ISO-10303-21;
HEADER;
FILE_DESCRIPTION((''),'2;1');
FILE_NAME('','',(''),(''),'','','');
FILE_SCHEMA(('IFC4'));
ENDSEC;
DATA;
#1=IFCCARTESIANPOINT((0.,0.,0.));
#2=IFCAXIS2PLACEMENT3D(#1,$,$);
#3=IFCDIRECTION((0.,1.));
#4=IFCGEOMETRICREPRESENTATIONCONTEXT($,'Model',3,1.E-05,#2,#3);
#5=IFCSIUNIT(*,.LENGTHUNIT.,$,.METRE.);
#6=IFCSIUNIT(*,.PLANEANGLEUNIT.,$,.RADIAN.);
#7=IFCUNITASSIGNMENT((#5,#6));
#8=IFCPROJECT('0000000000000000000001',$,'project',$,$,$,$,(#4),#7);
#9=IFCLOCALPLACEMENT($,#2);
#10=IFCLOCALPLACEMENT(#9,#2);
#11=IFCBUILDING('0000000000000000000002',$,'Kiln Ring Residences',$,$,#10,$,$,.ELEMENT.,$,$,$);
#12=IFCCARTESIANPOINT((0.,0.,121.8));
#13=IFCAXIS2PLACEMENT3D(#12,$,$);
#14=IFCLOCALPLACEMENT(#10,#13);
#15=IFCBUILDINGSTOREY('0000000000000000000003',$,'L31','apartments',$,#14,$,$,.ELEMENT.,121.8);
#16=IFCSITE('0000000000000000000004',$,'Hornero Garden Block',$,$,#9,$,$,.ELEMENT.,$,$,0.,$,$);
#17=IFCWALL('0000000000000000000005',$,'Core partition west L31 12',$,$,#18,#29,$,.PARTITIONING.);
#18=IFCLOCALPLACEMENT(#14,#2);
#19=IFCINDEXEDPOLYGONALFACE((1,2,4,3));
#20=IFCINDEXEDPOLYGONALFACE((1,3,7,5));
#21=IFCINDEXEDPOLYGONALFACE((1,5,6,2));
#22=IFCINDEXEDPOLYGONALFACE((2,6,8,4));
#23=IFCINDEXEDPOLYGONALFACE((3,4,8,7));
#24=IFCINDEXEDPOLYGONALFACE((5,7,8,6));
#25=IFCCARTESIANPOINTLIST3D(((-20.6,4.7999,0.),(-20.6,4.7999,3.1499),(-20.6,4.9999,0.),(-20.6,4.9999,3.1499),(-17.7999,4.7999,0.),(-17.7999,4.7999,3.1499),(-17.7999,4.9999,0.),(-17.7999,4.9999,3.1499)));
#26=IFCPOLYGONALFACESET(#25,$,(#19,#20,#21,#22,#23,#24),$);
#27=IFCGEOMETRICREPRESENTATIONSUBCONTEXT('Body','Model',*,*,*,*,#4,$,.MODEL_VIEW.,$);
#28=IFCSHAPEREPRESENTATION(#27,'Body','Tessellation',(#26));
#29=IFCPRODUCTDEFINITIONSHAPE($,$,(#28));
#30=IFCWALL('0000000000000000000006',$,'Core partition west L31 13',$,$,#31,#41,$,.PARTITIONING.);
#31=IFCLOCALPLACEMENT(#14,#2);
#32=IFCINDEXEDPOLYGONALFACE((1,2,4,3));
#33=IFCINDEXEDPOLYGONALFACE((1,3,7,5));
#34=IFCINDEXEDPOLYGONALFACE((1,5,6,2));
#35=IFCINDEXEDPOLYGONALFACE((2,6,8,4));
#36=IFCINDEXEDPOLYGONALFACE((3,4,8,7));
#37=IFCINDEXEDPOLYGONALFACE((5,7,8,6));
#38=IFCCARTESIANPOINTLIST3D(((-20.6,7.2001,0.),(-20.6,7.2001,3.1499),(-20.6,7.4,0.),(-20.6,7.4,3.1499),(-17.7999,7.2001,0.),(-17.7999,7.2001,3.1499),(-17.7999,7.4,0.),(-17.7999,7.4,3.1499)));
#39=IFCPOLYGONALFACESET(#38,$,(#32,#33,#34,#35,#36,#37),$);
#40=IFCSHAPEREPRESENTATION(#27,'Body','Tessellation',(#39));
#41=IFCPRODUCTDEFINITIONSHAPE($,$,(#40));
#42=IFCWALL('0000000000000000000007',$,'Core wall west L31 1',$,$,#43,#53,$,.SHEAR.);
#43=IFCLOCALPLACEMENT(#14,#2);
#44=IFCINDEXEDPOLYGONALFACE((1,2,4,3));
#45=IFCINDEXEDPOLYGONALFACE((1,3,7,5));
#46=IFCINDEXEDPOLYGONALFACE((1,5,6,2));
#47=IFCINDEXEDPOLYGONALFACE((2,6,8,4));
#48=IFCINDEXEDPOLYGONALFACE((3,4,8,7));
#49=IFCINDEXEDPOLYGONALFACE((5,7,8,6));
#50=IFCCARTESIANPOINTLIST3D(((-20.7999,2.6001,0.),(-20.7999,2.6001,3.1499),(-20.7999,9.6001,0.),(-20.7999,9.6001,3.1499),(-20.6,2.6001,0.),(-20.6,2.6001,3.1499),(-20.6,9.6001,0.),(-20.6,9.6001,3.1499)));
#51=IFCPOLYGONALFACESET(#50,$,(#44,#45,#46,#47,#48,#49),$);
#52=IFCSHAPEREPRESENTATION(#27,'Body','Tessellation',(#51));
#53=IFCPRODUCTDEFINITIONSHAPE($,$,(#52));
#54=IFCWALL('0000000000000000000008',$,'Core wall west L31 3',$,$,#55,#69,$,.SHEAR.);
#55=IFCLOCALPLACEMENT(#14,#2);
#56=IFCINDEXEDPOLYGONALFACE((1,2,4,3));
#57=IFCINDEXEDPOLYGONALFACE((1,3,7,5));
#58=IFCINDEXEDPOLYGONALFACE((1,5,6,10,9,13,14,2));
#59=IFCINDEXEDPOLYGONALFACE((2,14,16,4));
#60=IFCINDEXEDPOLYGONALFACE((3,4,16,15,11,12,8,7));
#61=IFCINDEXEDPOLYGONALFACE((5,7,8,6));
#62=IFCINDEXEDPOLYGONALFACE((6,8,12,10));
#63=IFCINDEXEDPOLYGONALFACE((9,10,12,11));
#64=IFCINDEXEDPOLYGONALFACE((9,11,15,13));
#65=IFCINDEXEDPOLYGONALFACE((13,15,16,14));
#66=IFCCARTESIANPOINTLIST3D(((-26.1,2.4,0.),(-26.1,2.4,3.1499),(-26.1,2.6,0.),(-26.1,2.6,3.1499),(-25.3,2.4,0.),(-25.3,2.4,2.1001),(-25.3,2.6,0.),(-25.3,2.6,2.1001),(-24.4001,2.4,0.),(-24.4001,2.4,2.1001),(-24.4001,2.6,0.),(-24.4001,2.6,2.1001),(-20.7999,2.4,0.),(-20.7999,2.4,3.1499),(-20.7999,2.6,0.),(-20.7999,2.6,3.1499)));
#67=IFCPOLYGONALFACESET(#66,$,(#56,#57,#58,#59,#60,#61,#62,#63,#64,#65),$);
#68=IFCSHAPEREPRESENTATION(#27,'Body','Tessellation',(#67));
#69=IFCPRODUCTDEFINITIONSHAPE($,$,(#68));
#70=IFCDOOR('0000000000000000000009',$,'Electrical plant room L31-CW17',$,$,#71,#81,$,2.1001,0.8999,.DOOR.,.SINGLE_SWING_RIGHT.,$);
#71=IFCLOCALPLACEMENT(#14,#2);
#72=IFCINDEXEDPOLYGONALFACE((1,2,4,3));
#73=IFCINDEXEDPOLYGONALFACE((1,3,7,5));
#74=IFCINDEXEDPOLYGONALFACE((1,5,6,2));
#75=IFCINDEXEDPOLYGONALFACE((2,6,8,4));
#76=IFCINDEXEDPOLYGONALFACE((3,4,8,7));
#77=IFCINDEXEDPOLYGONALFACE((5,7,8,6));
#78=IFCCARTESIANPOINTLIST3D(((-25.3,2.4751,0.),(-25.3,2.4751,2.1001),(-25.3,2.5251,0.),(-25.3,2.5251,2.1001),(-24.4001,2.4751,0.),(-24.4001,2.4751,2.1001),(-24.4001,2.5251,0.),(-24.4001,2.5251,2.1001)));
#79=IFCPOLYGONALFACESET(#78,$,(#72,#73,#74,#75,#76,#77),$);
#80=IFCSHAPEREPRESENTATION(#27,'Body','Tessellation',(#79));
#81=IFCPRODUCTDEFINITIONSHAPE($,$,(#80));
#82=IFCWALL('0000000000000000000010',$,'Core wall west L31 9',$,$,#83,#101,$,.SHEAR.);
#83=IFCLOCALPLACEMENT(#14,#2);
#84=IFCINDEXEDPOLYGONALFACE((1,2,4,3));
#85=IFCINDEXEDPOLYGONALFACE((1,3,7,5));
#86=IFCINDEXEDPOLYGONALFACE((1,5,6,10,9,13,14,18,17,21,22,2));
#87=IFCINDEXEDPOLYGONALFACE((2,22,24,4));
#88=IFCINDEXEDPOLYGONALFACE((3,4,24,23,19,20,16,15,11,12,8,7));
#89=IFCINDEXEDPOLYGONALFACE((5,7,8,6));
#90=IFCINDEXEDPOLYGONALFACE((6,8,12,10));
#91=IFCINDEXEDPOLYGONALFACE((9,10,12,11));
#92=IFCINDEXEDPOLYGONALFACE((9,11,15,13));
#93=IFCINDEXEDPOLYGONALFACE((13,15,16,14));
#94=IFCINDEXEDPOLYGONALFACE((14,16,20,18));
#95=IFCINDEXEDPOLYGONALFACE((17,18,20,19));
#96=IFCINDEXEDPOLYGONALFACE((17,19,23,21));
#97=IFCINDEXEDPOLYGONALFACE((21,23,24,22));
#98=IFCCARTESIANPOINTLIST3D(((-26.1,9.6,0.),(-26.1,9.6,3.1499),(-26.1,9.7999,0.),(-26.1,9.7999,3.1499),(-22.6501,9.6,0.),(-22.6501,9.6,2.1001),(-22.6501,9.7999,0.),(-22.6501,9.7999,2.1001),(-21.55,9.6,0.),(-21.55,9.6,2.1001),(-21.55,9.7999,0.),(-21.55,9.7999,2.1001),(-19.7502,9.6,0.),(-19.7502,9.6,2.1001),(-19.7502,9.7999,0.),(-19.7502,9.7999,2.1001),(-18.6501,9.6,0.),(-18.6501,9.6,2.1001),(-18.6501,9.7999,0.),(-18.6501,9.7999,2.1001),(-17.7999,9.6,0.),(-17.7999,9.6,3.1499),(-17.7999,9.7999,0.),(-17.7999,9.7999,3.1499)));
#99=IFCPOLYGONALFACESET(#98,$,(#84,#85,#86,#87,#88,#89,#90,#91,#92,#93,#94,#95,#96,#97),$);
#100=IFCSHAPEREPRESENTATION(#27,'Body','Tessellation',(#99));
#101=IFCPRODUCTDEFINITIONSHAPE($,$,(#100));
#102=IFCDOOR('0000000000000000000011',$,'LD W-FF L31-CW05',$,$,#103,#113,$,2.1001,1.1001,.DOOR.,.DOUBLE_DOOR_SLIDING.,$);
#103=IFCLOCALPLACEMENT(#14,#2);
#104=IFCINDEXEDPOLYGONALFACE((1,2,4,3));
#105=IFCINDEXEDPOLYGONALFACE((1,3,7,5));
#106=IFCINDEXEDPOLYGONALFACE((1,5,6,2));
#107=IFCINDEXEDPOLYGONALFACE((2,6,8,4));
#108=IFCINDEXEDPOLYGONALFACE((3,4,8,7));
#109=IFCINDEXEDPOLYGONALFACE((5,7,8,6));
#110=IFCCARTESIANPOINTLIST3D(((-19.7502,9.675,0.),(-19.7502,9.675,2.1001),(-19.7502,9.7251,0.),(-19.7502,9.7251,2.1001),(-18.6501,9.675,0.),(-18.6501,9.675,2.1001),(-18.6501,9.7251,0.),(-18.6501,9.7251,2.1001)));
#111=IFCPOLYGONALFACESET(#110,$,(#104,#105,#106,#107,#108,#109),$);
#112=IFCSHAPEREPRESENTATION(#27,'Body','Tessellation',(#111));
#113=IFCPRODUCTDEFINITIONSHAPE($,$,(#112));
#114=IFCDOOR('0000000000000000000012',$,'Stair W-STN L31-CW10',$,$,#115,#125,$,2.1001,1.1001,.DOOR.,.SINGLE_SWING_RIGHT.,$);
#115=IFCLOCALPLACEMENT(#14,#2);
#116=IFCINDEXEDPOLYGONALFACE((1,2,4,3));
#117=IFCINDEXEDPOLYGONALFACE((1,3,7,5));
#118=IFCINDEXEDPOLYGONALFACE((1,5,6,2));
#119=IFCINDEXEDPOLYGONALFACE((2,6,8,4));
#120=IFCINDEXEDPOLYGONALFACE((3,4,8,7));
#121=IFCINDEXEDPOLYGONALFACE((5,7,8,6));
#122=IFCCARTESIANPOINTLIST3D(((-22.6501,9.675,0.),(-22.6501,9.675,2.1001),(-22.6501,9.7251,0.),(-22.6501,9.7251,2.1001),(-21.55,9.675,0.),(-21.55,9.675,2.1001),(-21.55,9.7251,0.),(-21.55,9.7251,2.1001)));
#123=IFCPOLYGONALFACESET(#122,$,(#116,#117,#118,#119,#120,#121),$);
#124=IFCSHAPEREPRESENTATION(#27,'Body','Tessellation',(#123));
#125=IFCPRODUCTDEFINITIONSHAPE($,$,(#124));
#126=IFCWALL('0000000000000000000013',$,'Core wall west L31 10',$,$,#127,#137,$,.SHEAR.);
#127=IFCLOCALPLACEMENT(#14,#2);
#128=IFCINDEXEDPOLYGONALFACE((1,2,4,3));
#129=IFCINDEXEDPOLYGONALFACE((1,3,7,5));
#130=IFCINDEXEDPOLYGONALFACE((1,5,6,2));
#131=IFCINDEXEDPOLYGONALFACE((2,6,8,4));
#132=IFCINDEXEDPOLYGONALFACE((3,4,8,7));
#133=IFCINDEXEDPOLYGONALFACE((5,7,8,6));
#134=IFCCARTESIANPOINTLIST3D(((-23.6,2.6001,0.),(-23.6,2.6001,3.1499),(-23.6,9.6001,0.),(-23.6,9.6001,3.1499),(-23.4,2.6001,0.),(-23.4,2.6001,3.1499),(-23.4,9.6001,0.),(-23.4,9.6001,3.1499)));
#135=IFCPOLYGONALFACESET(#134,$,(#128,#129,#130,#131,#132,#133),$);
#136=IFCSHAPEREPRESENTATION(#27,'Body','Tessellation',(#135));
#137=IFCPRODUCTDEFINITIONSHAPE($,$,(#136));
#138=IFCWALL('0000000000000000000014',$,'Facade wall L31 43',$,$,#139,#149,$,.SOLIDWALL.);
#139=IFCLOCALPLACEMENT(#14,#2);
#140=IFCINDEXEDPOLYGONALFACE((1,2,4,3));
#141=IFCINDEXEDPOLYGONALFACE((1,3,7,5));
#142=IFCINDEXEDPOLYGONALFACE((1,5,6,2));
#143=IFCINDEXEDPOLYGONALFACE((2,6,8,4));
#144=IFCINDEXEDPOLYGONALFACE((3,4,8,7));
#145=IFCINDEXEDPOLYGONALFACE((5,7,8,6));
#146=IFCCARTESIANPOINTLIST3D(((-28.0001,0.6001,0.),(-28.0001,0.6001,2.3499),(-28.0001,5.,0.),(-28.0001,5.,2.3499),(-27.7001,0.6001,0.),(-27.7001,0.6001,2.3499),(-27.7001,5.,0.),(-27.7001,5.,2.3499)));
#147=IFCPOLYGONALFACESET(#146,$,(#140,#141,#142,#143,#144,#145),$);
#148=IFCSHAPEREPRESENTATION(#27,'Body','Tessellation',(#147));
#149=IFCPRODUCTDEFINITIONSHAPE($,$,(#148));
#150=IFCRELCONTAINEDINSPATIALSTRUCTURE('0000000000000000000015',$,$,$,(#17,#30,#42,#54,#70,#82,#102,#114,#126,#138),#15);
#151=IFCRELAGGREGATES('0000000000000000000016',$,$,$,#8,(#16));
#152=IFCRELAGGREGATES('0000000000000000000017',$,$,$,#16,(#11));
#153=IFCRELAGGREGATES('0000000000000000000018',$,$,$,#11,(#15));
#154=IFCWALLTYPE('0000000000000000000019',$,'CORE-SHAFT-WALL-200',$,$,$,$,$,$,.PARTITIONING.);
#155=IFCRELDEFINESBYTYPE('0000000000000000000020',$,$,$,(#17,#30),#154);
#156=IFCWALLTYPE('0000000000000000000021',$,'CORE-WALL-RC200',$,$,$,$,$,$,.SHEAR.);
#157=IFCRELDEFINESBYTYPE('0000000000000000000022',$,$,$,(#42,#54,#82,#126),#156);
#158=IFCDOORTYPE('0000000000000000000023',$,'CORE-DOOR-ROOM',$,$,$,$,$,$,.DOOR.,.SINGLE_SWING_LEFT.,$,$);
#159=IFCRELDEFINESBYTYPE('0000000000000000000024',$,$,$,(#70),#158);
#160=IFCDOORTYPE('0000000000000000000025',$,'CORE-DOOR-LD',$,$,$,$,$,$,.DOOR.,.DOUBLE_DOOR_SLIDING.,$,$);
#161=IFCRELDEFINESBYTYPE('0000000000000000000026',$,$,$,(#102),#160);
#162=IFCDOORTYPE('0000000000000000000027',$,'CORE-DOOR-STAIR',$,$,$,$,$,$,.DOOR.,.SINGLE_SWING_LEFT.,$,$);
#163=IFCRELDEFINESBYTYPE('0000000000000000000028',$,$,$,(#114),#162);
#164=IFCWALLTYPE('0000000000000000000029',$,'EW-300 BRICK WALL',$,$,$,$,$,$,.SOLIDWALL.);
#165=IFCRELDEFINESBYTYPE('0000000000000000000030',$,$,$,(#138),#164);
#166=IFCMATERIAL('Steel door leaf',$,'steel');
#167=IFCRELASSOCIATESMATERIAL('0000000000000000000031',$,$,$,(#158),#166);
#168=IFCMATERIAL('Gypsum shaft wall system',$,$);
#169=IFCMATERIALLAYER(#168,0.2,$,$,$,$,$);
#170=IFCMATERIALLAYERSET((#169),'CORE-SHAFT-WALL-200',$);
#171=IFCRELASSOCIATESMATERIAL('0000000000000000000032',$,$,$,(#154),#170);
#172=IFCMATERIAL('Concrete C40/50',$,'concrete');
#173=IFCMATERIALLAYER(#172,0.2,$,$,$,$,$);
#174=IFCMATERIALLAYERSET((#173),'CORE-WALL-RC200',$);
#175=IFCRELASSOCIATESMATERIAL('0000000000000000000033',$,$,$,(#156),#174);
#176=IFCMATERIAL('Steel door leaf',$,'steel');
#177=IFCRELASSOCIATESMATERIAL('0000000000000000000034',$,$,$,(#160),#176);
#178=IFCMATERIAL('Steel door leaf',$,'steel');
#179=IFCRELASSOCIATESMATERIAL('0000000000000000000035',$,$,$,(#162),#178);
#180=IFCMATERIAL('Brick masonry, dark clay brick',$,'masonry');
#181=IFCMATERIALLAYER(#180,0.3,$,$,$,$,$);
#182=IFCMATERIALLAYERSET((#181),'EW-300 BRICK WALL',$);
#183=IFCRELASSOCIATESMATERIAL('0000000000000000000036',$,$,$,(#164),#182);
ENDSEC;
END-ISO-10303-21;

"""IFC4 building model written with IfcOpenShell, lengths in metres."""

from ifc_helpers import new_model, si_unit, direction, frame, frame_2d, origin, place, context, subcontext, project, spatial, rectangle, extrude, material, layer, layer_set, type_object, element, fill, save


model = new_model("IFC4")

# Units and contexts
model_context = context("Model", 3, precision=1e-05, world=origin(), true_north=direction((0.0, 1.0)))
body_context = subcontext(model_context, "Body", "Model", "MODEL_VIEW")
ifc_project = project(units=[si_unit("LENGTHUNIT", "METRE"), si_unit("PLANEANGLEUNIT", "RADIAN")], contexts=[model_context])

# Site, building, storey
site_placement = place(None, origin())
site = spatial("IfcSite", under=ifc_project, at=site_placement, Name="Hornero Garden Block", CompositionType="ELEMENT", RefElevation=0.0)
building_placement = place(site_placement, origin())
building = spatial("IfcBuilding", under=site, at=building_placement, Name="Kiln Ring Residences", CompositionType="ELEMENT")
storey_placement = place(building_placement, frame((0.0, 0.0, 121.8)))
storey = spatial("IfcBuildingStorey", under=building, at=storey_placement, Name="L31", Description="apartments", CompositionType="ELEMENT", Elevation=121.8)

# Shared definitions
ifc_material_1 = material(Name="Steel door leaf", Category="steel")
door_type_1 = type_object("IfcDoorType", Name="CORE-DOOR-ROOM", OperationType="SINGLE_SWING_LEFT", PredefinedType="DOOR", material=ifc_material_1)

# Walls
ifc_material_2 = material(Name="Gypsum shaft wall system")
ifc_layer_1 = layer(ifc_material_2, 0.2)
ifc_layer_set_1 = layer_set([ifc_layer_1], Name="CORE-SHAFT-WALL-200")
wall_type_1 = type_object("IfcWallType", Name="CORE-SHAFT-WALL-200", PredefinedType="PARTITIONING", material=ifc_layer_set_1)
for number, where, z_axis, x_axis, name in (
    (1, (-17.8, 4.8999, 0.0), (0.0, 0.0, 1.0), (-1.0, 0.0, 0.0), "Core partition west L31 12"),
    (2, (-17.8, 7.3, 0.0), (0.0, 0.0, 1.0), (-1.0, 0.0, 0.0), "Core partition west L31 13"),
):
    element("IfcWall", number, at=place(storey_placement, frame(where, z_axis=z_axis, x_axis=x_axis)), inside=storey, type_object=wall_type_1, Name=name, PredefinedType="PARTITIONING", context=body_context, shape_type="SweptSolid", body=[
        extrude(rectangle(XDim=2.8, YDim=0.2, at=frame_2d((1.3999, 0.0))), origin(), (0.0, 0.0, 1.0), 3.1499),
    ])
ifc_material_3 = material(Name="Concrete C40/50", Category="concrete")
ifc_layer_2 = layer(ifc_material_3, 0.2)
ifc_layer_set_2 = layer_set([ifc_layer_2], Name="CORE-WALL-RC200")
wall_type_2 = type_object("IfcWallType", Name="CORE-WALL-RC200", PredefinedType="SHEAR", material=ifc_layer_set_2)
wall_1_placement = place(storey_placement, frame((-20.7, 2.6001, 0.0), z_axis=(0.0, 0.0, 1.0), x_axis=(0.0, 1.0, 0.0)))
element("IfcWall", 3, at=wall_1_placement, inside=storey, type_object=wall_type_2, Name="Core wall west L31 1", PredefinedType="SHEAR", context=body_context, shape_type="SweptSolid", body=[
    extrude(rectangle(XDim=7.0, YDim=0.2, at=frame_2d((3.5, 0.0))), origin(), (0.0, 0.0, 1.0), 3.1499),
])

# Wall, opening, door
wall_2_placement = place(storey_placement, frame((-20.8, 2.5, 0.0), z_axis=(0.0, 0.0, 1.0), x_axis=(-1.0, 0.0, 0.0)))
wall_2 = element("IfcWall", 4, at=wall_2_placement, inside=storey, type_object=wall_type_2, Name="Core wall west L31 3", PredefinedType="SHEAR", context=body_context, shape_type="SweptSolid", body=[
    extrude(rectangle(XDim=5.3, YDim=0.2, at=frame_2d((2.6499, 0.0))), origin(), (0.0, 0.0, 1.0), 3.1499),
])
opening_1_placement = place(wall_2_placement, frame((3.6001, 0.0, 0.0)))
opening_1 = element("IfcOpeningElement", 5, at=opening_1_placement, cuts=wall_2, PredefinedType="OPENING", context=body_context, shape_type="SweptSolid", body=[
    extrude(rectangle(XDim=0.8999, YDim=2.1001, at=frame_2d((0.45, 1.05))), frame((0.0, 0.1099, 0.0), z_axis=(0.0, -1.0, 0.0), x_axis=(1.0, 0.0, 0.0)), (0.0, 0.0, 1.0), 0.22),
])
door_1_placement = place(opening_1_placement, origin())
door_1 = element("IfcDoor", 6, at=door_1_placement, inside=storey, type_object=door_type_1, Name="Electrical plant room L31-CW17", OperationType="SINGLE_SWING_RIGHT", OverallHeight=2.1001, OverallWidth=0.8999, PredefinedType="DOOR", context=body_context, shape_type="SweptSolid", body=[
    extrude(rectangle(XDim=0.8999, YDim=2.1001, at=frame_2d((0.45, 1.05))), frame((0.0, 0.0249, 0.0), z_axis=(0.0, -1.0, 0.0), x_axis=(1.0, 0.0, 0.0)), (0.0, 0.0, 1.0), 0.05),
])
fill(opening_1, door_1)

# Wall, openings, doors
wall_3_placement = place(storey_placement, frame((-17.8, 9.7, 0.0), z_axis=(0.0, 0.0, 1.0), x_axis=(-1.0, 0.0, 0.0)))
wall_3 = element("IfcWall", 7, at=wall_3_placement, inside=storey, type_object=wall_type_2, Name="Core wall west L31 9", PredefinedType="SHEAR", context=body_context, shape_type="SweptSolid", body=[
    extrude(rectangle(XDim=8.3, YDim=0.2, at=frame_2d((4.1499, 0.0))), origin(), (0.0, 0.0, 1.0), 3.1499),
])
opening_2_placement = place(wall_3_placement, frame((0.8501, 0.0, 0.0)))
opening_2 = element("IfcOpeningElement", 8, at=opening_2_placement, cuts=wall_3, PredefinedType="OPENING", context=body_context, shape_type="SweptSolid", body=[
    extrude(rectangle(XDim=1.1001, YDim=2.1001, at=frame_2d((0.55, 1.05))), frame((0.0, 0.1099, 0.0), z_axis=(0.0, -1.0, 0.0), x_axis=(1.0, 0.0, 0.0)), (0.0, 0.0, 1.0), 0.22),
])
opening_3_placement = place(wall_3_placement, frame((3.75, 0.0, 0.0)))
opening_3 = element("IfcOpeningElement", 9, at=opening_3_placement, cuts=wall_3, PredefinedType="OPENING", context=body_context, shape_type="SweptSolid", body=[
    extrude(rectangle(XDim=1.1001, YDim=2.1001, at=frame_2d((0.55, 1.05))), frame((0.0, 0.1099, 0.0), z_axis=(0.0, -1.0, 0.0), x_axis=(1.0, 0.0, 0.0)), (0.0, 0.0, 1.0), 0.22),
])
ifc_material_4 = material(Name="Steel door leaf", Category="steel")
door_type_2 = type_object("IfcDoorType", Name="CORE-DOOR-LD", OperationType="DOUBLE_DOOR_SLIDING", PredefinedType="DOOR", material=ifc_material_4)
door_2_placement = place(opening_2_placement, origin())
door_2 = element("IfcDoor", 10, at=door_2_placement, inside=storey, type_object=door_type_2, Name="LD W-FF L31-CW05", OperationType="DOUBLE_DOOR_SLIDING", OverallHeight=2.1001, OverallWidth=1.1001, PredefinedType="DOOR", context=body_context, shape_type="SweptSolid", body=[
    extrude(rectangle(XDim=1.1001, YDim=2.1001, at=frame_2d((0.55, 1.05))), frame((0.0, 0.0249, 0.0), z_axis=(0.0, -1.0, 0.0), x_axis=(1.0, 0.0, 0.0)), (0.0, 0.0, 1.0), 0.05),
])
fill(opening_2, door_2)
ifc_material_5 = material(Name="Steel door leaf", Category="steel")
door_type_3 = type_object("IfcDoorType", Name="CORE-DOOR-STAIR", OperationType="SINGLE_SWING_LEFT", PredefinedType="DOOR", material=ifc_material_5)
door_3_placement = place(opening_3_placement, origin())
door_3 = element("IfcDoor", 11, at=door_3_placement, inside=storey, type_object=door_type_3, Name="Stair W-STN L31-CW10", OperationType="SINGLE_SWING_RIGHT", OverallHeight=2.1001, OverallWidth=1.1001, PredefinedType="DOOR", context=body_context, shape_type="SweptSolid", body=[
    extrude(rectangle(XDim=1.1001, YDim=2.1001, at=frame_2d((0.55, 1.05))), frame((0.0, 0.0249, 0.0), z_axis=(0.0, -1.0, 0.0), x_axis=(1.0, 0.0, 0.0)), (0.0, 0.0, 1.0), 0.05),
])
fill(opening_3, door_3)

# Walls
wall_4_placement = place(storey_placement, frame((-23.5, 2.6001, 0.0), z_axis=(0.0, 0.0, 1.0), x_axis=(0.0, 1.0, 0.0)))
element("IfcWall", 12, at=wall_4_placement, inside=storey, type_object=wall_type_2, Name="Core wall west L31 10", PredefinedType="SHEAR", context=body_context, shape_type="SweptSolid", body=[
    extrude(rectangle(XDim=7.0, YDim=0.2, at=frame_2d((3.5, 0.0))), origin(), (0.0, 0.0, 1.0), 3.1499),
])
ifc_material_6 = material(Name="Brick masonry, dark clay brick", Category="masonry")
ifc_layer_3 = layer(ifc_material_6, 0.3)
ifc_layer_set_3 = layer_set([ifc_layer_3], Name="EW-300 BRICK WALL")
wall_type_3 = type_object("IfcWallType", Name="EW-300 BRICK WALL", PredefinedType="SOLIDWALL", material=ifc_layer_set_3)
wall_5_placement = place(storey_placement, frame((-27.8501, 5.0, 0.0), z_axis=(0.0, 0.0, 1.0), x_axis=(0.0, -1.0, 0.0)))
element("IfcWall", 13, at=wall_5_placement, inside=storey, type_object=wall_type_3, Name="Facade wall L31 43", PredefinedType="SOLIDWALL", context=body_context, shape_type="SweptSolid", body=[
    extrude(rectangle(XDim=4.3999, YDim=0.3, at=frame_2d((2.2, 0.0))), origin(), (0.0, 0.0, 1.0), 2.3499),
])

save(model, "model.ifc")
